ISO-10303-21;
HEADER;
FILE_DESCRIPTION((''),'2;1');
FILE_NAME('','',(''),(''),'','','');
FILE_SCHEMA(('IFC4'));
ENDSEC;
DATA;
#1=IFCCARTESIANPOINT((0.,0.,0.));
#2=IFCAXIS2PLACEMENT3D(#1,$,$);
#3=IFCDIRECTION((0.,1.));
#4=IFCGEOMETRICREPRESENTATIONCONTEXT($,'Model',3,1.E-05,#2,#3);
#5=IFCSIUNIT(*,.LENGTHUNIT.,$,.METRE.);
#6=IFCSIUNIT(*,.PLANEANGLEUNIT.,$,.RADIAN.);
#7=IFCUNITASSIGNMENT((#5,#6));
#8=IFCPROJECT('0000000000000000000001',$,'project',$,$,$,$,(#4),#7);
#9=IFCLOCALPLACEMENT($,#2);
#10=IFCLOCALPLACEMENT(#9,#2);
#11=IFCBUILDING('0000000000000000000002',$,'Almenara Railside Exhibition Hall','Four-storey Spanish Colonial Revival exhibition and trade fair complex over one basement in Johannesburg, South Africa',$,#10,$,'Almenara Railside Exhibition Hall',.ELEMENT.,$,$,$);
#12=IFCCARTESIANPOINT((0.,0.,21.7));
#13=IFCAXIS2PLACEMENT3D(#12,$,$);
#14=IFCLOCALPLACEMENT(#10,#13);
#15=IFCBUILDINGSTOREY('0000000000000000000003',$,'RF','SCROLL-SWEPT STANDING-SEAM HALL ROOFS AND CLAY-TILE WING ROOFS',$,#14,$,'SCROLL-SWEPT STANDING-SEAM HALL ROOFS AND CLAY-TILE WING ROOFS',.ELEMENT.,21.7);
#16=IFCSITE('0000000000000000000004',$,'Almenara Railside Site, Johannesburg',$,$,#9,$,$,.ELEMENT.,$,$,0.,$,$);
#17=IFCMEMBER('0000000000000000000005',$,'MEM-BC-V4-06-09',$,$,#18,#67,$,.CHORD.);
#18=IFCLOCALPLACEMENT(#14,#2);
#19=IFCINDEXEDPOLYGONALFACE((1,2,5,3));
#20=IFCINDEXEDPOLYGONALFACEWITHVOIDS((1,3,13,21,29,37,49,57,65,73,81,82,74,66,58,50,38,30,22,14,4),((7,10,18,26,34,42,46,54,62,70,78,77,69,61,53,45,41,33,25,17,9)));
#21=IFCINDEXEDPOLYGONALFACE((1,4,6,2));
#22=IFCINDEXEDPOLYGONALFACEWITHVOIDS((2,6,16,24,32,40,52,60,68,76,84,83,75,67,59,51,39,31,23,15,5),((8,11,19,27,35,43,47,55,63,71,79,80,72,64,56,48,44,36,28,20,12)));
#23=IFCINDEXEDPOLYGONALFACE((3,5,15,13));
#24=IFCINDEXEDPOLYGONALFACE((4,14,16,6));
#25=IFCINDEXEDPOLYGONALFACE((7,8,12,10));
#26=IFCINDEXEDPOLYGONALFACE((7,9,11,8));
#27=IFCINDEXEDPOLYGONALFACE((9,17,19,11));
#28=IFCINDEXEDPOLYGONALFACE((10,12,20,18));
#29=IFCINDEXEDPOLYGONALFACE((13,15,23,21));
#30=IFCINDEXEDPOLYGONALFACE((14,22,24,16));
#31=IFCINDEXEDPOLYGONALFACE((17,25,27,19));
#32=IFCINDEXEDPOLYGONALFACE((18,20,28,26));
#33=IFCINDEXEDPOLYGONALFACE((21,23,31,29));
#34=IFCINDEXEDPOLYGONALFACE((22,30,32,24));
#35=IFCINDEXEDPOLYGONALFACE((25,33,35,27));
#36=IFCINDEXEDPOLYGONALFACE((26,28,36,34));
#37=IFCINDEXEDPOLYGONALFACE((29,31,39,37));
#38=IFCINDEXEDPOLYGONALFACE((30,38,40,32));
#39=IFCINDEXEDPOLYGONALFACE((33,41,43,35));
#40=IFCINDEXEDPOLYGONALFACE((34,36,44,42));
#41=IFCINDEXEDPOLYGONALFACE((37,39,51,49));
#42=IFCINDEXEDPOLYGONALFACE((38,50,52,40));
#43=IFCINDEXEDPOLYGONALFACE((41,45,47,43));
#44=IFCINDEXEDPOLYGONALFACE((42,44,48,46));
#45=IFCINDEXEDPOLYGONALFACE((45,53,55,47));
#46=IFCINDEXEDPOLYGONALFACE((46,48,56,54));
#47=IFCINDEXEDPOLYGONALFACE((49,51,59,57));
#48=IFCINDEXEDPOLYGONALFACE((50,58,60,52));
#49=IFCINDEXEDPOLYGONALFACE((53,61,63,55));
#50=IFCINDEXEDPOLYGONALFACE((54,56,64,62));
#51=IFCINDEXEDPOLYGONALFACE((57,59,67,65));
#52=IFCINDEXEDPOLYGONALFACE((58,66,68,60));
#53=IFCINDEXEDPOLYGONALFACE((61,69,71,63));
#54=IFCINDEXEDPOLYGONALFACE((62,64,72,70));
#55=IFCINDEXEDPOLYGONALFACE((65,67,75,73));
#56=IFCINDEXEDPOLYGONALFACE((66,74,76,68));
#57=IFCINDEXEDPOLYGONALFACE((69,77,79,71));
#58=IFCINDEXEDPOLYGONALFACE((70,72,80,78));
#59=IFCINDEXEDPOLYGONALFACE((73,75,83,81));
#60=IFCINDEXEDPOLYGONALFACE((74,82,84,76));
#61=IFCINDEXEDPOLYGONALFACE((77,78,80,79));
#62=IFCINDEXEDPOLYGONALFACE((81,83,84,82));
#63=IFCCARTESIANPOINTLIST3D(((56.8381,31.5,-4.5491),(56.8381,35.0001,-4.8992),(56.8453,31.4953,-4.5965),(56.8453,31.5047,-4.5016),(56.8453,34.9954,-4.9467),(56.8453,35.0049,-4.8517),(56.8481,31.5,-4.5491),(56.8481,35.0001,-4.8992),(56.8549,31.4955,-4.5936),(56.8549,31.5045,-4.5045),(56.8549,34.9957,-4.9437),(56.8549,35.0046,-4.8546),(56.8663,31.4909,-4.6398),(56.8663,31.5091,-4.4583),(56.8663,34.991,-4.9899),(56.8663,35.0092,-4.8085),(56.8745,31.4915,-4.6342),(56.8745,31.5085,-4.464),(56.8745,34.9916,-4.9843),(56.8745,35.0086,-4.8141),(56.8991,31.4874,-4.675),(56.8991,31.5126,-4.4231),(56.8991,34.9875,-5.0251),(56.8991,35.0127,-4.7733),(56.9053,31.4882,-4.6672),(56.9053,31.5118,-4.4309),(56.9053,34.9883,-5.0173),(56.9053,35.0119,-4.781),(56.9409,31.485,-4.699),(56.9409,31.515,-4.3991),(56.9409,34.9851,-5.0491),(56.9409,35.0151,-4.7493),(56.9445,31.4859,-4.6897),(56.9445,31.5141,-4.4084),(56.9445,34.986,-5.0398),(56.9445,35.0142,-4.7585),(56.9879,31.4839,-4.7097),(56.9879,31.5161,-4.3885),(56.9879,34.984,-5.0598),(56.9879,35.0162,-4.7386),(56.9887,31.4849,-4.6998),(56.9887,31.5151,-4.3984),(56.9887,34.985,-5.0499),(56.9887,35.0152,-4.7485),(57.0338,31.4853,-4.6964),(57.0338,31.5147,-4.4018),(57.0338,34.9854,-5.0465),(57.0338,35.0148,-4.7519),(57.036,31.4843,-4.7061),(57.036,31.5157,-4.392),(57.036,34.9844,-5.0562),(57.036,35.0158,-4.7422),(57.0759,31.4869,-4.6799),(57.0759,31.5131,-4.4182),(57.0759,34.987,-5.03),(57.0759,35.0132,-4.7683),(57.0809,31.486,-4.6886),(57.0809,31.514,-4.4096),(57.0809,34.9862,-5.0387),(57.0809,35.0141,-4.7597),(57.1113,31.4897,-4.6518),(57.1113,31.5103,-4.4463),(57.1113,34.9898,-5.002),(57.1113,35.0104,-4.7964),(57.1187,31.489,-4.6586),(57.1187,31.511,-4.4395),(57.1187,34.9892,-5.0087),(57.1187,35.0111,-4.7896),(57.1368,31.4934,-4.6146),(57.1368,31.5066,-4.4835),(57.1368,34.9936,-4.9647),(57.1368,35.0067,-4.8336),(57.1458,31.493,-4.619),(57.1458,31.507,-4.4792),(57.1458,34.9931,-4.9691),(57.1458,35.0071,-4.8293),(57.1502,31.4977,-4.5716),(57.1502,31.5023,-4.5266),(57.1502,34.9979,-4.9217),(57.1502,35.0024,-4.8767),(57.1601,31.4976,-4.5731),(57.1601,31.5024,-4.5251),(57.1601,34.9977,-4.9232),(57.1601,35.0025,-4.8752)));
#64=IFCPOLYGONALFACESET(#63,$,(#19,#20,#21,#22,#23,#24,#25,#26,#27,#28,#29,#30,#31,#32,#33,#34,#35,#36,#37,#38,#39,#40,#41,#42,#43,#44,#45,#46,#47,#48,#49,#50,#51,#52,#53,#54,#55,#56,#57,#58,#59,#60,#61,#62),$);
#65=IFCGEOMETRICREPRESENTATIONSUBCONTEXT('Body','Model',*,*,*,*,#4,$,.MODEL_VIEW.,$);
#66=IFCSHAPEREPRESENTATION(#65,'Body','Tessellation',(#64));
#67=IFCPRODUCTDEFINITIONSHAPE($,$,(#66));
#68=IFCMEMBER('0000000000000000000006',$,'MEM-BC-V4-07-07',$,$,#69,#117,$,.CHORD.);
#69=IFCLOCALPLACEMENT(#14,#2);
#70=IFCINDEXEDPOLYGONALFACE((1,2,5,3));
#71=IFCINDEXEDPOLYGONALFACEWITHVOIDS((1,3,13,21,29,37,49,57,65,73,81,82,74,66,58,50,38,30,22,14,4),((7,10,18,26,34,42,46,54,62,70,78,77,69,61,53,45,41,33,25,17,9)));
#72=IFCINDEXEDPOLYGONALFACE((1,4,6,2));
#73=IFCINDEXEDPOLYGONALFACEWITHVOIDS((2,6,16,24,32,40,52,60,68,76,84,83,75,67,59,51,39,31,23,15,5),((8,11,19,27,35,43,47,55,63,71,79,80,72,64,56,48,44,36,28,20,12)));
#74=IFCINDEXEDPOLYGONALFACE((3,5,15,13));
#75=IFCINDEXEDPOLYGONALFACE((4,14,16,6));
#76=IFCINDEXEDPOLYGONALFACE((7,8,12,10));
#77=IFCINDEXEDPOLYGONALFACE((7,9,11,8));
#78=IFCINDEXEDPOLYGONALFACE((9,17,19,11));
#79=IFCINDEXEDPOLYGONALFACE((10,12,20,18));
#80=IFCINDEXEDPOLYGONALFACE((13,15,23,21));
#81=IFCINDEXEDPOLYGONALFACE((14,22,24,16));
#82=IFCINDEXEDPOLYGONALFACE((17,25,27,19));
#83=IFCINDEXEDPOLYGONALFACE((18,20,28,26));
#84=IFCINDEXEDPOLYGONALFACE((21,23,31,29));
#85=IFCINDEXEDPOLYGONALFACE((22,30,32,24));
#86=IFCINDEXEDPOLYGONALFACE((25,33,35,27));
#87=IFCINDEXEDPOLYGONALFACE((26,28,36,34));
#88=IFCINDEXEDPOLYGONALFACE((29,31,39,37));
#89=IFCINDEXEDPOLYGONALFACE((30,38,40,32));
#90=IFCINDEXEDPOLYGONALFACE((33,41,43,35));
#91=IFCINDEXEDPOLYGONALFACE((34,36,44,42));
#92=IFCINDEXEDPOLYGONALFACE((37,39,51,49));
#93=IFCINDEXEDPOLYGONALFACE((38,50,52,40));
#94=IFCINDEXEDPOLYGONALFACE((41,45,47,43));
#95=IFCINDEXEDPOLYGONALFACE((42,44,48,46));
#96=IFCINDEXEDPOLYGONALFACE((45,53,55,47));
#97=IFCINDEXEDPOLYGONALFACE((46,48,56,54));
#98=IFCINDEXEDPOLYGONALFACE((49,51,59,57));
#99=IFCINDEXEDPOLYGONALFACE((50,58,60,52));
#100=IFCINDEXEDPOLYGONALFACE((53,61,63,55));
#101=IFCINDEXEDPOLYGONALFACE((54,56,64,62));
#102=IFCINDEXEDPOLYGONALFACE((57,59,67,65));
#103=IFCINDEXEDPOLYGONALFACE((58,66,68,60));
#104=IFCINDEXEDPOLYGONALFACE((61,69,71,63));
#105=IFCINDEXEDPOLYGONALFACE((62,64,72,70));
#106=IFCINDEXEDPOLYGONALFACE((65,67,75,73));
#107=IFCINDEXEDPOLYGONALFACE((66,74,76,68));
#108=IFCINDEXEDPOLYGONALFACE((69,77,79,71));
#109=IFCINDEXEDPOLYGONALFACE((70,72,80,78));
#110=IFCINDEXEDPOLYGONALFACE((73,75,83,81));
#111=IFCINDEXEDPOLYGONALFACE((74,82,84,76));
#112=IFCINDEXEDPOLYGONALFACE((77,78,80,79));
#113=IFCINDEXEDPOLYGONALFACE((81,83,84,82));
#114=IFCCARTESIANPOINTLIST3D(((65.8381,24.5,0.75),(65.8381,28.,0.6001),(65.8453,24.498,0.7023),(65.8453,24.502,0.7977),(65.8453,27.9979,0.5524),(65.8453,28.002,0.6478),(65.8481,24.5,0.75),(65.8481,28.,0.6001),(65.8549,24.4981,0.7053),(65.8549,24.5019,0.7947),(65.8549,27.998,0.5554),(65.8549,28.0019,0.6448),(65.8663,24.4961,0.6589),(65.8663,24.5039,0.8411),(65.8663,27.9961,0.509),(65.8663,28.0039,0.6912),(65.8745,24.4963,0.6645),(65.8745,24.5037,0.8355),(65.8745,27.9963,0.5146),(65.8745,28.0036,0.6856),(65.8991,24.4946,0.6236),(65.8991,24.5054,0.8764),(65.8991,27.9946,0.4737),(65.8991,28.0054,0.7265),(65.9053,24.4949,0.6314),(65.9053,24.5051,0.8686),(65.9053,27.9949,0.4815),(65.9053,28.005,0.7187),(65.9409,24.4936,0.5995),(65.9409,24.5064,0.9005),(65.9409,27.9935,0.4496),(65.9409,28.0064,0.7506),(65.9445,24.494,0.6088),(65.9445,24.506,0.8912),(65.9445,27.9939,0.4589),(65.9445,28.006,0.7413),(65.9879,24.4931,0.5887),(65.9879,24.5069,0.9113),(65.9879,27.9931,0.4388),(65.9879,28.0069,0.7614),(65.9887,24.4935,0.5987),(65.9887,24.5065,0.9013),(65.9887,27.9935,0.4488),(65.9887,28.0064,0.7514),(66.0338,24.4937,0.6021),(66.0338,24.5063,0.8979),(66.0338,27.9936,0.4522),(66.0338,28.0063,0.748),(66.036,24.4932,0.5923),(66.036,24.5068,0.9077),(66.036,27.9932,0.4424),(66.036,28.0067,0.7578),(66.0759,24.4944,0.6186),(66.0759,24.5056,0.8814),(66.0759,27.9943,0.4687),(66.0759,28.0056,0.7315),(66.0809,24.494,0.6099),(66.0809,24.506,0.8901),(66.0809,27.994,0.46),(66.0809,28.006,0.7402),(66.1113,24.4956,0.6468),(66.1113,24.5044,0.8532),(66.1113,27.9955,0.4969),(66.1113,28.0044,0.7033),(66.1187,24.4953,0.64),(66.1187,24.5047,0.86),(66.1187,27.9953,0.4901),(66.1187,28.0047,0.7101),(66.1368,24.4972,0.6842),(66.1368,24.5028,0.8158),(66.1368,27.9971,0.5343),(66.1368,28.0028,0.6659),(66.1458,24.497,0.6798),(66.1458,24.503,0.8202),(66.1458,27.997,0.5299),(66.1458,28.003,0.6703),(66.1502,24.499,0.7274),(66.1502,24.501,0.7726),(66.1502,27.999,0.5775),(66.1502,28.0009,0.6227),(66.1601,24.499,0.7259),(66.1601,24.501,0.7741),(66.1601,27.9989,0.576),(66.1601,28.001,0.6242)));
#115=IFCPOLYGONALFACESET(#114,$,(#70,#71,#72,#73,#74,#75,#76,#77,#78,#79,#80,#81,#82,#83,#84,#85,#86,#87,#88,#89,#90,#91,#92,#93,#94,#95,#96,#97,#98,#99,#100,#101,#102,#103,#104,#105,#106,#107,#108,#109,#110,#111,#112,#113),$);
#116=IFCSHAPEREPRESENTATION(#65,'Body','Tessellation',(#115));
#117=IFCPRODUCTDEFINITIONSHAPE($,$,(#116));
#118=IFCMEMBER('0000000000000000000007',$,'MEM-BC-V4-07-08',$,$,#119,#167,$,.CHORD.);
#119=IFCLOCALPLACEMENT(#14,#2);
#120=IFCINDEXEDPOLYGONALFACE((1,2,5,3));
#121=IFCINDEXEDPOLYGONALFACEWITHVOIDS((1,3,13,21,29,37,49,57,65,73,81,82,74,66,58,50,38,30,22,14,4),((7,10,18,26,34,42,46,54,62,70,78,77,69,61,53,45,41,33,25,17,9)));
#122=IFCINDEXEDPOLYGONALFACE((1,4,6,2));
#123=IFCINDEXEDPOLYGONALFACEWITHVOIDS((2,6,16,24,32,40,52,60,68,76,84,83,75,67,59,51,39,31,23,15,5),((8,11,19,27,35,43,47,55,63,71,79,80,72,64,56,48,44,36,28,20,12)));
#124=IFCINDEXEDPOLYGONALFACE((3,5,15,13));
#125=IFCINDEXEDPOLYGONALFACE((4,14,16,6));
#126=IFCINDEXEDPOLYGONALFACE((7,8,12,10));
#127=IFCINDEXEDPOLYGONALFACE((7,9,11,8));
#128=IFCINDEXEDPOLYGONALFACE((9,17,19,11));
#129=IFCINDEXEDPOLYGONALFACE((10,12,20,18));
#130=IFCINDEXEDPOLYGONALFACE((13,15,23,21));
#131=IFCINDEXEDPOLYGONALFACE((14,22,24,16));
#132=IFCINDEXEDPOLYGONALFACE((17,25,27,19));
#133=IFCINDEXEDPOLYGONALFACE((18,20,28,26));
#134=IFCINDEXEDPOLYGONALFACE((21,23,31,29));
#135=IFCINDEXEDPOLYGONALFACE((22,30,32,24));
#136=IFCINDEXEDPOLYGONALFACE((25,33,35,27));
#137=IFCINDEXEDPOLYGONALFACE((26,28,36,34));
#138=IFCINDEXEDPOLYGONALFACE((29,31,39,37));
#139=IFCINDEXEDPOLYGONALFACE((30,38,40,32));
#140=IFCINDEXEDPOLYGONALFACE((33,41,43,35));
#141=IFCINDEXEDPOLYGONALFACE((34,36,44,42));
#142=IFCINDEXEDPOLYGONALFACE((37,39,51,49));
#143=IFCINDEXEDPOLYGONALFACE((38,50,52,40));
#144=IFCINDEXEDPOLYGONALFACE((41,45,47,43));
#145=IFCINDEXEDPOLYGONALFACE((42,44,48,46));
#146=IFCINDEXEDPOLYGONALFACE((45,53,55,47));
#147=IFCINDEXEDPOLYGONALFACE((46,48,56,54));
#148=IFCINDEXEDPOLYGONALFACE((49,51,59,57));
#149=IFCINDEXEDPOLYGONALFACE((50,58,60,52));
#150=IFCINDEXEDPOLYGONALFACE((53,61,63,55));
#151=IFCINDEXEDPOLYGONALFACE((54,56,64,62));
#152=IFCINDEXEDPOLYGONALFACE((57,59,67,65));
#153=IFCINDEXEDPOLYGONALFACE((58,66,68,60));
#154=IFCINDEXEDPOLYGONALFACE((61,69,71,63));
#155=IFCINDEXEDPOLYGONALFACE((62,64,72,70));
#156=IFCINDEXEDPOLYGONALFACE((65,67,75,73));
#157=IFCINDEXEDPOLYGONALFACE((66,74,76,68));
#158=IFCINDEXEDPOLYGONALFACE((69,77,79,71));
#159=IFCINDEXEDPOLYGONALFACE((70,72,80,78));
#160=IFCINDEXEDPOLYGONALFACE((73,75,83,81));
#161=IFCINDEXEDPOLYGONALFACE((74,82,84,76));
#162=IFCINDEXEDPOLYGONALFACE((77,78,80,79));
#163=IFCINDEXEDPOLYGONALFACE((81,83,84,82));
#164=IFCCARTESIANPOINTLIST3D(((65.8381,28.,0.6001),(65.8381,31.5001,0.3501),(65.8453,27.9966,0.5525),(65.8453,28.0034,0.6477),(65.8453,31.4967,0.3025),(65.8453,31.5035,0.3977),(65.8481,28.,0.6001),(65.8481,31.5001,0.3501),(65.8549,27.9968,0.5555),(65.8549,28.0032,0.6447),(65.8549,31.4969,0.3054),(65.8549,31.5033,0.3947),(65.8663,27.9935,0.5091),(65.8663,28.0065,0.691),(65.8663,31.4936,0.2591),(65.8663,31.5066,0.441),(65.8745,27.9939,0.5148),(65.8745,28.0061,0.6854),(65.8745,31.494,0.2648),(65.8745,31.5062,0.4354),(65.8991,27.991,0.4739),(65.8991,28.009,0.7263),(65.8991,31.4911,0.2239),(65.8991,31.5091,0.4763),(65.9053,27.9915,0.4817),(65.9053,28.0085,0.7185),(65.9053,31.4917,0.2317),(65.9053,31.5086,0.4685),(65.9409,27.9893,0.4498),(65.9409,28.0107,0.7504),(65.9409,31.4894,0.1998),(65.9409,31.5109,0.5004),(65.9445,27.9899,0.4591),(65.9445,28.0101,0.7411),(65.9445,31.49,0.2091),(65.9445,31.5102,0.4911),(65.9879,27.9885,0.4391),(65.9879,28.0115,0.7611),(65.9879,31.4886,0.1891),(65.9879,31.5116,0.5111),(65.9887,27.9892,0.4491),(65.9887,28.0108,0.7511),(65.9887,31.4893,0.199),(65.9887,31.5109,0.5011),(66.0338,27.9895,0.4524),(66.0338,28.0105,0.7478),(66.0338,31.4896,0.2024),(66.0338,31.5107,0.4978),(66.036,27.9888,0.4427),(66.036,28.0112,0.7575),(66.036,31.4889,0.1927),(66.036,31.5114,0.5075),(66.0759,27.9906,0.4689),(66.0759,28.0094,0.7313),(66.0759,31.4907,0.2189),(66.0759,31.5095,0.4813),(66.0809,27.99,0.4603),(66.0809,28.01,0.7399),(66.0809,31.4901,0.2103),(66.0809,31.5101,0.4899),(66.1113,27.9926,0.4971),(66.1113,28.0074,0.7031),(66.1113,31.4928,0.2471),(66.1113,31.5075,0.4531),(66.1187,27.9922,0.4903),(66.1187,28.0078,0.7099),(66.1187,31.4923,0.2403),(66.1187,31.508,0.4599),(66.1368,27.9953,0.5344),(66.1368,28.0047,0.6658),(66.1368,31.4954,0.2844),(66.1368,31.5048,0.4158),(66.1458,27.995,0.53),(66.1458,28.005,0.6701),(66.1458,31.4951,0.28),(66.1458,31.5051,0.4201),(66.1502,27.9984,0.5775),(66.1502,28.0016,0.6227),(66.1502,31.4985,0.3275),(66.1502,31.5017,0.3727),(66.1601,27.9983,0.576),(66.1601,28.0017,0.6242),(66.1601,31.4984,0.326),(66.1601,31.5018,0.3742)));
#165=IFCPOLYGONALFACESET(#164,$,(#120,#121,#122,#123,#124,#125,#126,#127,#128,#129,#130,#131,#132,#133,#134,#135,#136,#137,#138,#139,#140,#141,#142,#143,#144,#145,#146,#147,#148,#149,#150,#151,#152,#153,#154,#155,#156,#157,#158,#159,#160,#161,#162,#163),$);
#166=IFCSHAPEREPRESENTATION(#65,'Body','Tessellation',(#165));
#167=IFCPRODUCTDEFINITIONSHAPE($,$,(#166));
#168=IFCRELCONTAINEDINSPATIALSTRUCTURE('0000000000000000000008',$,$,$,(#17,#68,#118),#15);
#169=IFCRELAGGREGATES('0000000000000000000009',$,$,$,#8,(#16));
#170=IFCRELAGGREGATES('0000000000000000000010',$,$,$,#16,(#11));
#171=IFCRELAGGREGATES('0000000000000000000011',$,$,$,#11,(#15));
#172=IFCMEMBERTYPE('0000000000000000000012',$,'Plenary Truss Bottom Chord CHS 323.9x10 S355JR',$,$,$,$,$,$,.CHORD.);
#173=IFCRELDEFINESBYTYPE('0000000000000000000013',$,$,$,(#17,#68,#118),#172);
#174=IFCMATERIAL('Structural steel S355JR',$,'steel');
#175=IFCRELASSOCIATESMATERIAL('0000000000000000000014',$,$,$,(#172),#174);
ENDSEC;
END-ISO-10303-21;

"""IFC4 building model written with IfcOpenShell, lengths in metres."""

from ifc_helpers import new_model, si_unit, direction, frame, origin, origin_2d, place, context, subcontext, project, spatial, hollow_circle, extrude, material, material_profile, profile_set, type_object, element, save


model = new_model("IFC4")

# Units and contexts
model_context = context("Model", 3, precision=1e-05, world=origin(), true_north=direction((0.0, 1.0)))
body_context = subcontext(model_context, "Body", "Model", "MODEL_VIEW")
ifc_project = project(units=[si_unit("LENGTHUNIT", "METRE"), si_unit("PLANEANGLEUNIT", "RADIAN")], contexts=[model_context])

# Site, building, storey
site_placement = place(None, origin())
site = spatial("IfcSite", under=ifc_project, at=site_placement, Name="Almenara Railside Site, Johannesburg", CompositionType="ELEMENT", RefElevation=0.0)
building_placement = place(site_placement, origin())
building = spatial("IfcBuilding", under=site, at=building_placement, Name="Almenara Railside Exhibition Hall", Description="Four-storey Spanish Colonial Revival exhibition and trade fair complex over one basement in Johannesburg, South Africa", LongName="Almenara Railside Exhibition Hall", CompositionType="ELEMENT")
storey_placement = place(building_placement, frame((0.0, 0.0, 21.7)))
storey = spatial("IfcBuildingStorey", under=building, at=storey_placement, Name="RF", Description="SCROLL-SWEPT STANDING-SEAM HALL ROOFS AND CLAY-TILE WING ROOFS", LongName="SCROLL-SWEPT STANDING-SEAM HALL ROOFS AND CLAY-TILE WING ROOFS", CompositionType="ELEMENT", Elevation=21.7)

# Members
ifc_material_1 = material(Name="Structural steel S355JR", Category="steel")
ifc_material_profile_1 = material_profile(ifc_material_1, hollow_circle(Radius=0.1619, WallThickness=0.01, at=origin_2d()), Name="CHS 323.9x10")
ifc_profile_set_1 = profile_set([ifc_material_profile_1], Name="Structural steel S355JR")
member_type_1 = type_object("IfcMemberType", Name="Plenary Truss Bottom Chord CHS 323.9x10 S355JR", PredefinedType="CHORD", material=ifc_profile_set_1)
member_1_placement = place(storey_placement, frame((57.0, 31.5, -4.5491), z_axis=(0.0, 0.995034, -0.099531), x_axis=(-1.0, 0.0, 0.0)))
element("IfcMember", 1, at=member_1_placement, inside=storey, type_object=member_type_1, Name="MEM-BC-V4-06-09", PredefinedType="CHORD", context=body_context, shape_type="SweptSolid", body=[
    extrude(hollow_circle(Radius=0.1619, WallThickness=0.01, at=origin_2d()), origin(), (0.0, 0.0, 1.0), 3.5176),
])
member_2_placement = place(storey_placement, frame((66.0, 24.5, 0.75), z_axis=(0.0, 0.999084, -0.04279), x_axis=(-1.0, 0.0, 0.0)))
element("IfcMember", 2, at=member_2_placement, inside=storey, type_object=member_type_1, Name="MEM-BC-V4-07-07", PredefinedType="CHORD", context=body_context, shape_type="SweptSolid", body=[
    extrude(hollow_circle(Radius=0.1619, WallThickness=0.01, at=origin_2d()), origin(), (0.0, 0.0, 1.0), 3.5032),
])
member_3_placement = place(storey_placement, frame((66.0, 28.0, 0.6001), z_axis=(0.0, 0.997459, -0.071247), x_axis=(-1.0, 0.0, 0.0)))
element("IfcMember", 3, at=member_3_placement, inside=storey, type_object=member_type_1, Name="MEM-BC-V4-07-08", PredefinedType="CHORD", context=body_context, shape_type="SweptSolid", body=[
    extrude(hollow_circle(Radius=0.1619, WallThickness=0.01, at=origin_2d()), origin(), (0.0, 0.0, 1.0), 3.509),
])

save(model, "model.ifc")
